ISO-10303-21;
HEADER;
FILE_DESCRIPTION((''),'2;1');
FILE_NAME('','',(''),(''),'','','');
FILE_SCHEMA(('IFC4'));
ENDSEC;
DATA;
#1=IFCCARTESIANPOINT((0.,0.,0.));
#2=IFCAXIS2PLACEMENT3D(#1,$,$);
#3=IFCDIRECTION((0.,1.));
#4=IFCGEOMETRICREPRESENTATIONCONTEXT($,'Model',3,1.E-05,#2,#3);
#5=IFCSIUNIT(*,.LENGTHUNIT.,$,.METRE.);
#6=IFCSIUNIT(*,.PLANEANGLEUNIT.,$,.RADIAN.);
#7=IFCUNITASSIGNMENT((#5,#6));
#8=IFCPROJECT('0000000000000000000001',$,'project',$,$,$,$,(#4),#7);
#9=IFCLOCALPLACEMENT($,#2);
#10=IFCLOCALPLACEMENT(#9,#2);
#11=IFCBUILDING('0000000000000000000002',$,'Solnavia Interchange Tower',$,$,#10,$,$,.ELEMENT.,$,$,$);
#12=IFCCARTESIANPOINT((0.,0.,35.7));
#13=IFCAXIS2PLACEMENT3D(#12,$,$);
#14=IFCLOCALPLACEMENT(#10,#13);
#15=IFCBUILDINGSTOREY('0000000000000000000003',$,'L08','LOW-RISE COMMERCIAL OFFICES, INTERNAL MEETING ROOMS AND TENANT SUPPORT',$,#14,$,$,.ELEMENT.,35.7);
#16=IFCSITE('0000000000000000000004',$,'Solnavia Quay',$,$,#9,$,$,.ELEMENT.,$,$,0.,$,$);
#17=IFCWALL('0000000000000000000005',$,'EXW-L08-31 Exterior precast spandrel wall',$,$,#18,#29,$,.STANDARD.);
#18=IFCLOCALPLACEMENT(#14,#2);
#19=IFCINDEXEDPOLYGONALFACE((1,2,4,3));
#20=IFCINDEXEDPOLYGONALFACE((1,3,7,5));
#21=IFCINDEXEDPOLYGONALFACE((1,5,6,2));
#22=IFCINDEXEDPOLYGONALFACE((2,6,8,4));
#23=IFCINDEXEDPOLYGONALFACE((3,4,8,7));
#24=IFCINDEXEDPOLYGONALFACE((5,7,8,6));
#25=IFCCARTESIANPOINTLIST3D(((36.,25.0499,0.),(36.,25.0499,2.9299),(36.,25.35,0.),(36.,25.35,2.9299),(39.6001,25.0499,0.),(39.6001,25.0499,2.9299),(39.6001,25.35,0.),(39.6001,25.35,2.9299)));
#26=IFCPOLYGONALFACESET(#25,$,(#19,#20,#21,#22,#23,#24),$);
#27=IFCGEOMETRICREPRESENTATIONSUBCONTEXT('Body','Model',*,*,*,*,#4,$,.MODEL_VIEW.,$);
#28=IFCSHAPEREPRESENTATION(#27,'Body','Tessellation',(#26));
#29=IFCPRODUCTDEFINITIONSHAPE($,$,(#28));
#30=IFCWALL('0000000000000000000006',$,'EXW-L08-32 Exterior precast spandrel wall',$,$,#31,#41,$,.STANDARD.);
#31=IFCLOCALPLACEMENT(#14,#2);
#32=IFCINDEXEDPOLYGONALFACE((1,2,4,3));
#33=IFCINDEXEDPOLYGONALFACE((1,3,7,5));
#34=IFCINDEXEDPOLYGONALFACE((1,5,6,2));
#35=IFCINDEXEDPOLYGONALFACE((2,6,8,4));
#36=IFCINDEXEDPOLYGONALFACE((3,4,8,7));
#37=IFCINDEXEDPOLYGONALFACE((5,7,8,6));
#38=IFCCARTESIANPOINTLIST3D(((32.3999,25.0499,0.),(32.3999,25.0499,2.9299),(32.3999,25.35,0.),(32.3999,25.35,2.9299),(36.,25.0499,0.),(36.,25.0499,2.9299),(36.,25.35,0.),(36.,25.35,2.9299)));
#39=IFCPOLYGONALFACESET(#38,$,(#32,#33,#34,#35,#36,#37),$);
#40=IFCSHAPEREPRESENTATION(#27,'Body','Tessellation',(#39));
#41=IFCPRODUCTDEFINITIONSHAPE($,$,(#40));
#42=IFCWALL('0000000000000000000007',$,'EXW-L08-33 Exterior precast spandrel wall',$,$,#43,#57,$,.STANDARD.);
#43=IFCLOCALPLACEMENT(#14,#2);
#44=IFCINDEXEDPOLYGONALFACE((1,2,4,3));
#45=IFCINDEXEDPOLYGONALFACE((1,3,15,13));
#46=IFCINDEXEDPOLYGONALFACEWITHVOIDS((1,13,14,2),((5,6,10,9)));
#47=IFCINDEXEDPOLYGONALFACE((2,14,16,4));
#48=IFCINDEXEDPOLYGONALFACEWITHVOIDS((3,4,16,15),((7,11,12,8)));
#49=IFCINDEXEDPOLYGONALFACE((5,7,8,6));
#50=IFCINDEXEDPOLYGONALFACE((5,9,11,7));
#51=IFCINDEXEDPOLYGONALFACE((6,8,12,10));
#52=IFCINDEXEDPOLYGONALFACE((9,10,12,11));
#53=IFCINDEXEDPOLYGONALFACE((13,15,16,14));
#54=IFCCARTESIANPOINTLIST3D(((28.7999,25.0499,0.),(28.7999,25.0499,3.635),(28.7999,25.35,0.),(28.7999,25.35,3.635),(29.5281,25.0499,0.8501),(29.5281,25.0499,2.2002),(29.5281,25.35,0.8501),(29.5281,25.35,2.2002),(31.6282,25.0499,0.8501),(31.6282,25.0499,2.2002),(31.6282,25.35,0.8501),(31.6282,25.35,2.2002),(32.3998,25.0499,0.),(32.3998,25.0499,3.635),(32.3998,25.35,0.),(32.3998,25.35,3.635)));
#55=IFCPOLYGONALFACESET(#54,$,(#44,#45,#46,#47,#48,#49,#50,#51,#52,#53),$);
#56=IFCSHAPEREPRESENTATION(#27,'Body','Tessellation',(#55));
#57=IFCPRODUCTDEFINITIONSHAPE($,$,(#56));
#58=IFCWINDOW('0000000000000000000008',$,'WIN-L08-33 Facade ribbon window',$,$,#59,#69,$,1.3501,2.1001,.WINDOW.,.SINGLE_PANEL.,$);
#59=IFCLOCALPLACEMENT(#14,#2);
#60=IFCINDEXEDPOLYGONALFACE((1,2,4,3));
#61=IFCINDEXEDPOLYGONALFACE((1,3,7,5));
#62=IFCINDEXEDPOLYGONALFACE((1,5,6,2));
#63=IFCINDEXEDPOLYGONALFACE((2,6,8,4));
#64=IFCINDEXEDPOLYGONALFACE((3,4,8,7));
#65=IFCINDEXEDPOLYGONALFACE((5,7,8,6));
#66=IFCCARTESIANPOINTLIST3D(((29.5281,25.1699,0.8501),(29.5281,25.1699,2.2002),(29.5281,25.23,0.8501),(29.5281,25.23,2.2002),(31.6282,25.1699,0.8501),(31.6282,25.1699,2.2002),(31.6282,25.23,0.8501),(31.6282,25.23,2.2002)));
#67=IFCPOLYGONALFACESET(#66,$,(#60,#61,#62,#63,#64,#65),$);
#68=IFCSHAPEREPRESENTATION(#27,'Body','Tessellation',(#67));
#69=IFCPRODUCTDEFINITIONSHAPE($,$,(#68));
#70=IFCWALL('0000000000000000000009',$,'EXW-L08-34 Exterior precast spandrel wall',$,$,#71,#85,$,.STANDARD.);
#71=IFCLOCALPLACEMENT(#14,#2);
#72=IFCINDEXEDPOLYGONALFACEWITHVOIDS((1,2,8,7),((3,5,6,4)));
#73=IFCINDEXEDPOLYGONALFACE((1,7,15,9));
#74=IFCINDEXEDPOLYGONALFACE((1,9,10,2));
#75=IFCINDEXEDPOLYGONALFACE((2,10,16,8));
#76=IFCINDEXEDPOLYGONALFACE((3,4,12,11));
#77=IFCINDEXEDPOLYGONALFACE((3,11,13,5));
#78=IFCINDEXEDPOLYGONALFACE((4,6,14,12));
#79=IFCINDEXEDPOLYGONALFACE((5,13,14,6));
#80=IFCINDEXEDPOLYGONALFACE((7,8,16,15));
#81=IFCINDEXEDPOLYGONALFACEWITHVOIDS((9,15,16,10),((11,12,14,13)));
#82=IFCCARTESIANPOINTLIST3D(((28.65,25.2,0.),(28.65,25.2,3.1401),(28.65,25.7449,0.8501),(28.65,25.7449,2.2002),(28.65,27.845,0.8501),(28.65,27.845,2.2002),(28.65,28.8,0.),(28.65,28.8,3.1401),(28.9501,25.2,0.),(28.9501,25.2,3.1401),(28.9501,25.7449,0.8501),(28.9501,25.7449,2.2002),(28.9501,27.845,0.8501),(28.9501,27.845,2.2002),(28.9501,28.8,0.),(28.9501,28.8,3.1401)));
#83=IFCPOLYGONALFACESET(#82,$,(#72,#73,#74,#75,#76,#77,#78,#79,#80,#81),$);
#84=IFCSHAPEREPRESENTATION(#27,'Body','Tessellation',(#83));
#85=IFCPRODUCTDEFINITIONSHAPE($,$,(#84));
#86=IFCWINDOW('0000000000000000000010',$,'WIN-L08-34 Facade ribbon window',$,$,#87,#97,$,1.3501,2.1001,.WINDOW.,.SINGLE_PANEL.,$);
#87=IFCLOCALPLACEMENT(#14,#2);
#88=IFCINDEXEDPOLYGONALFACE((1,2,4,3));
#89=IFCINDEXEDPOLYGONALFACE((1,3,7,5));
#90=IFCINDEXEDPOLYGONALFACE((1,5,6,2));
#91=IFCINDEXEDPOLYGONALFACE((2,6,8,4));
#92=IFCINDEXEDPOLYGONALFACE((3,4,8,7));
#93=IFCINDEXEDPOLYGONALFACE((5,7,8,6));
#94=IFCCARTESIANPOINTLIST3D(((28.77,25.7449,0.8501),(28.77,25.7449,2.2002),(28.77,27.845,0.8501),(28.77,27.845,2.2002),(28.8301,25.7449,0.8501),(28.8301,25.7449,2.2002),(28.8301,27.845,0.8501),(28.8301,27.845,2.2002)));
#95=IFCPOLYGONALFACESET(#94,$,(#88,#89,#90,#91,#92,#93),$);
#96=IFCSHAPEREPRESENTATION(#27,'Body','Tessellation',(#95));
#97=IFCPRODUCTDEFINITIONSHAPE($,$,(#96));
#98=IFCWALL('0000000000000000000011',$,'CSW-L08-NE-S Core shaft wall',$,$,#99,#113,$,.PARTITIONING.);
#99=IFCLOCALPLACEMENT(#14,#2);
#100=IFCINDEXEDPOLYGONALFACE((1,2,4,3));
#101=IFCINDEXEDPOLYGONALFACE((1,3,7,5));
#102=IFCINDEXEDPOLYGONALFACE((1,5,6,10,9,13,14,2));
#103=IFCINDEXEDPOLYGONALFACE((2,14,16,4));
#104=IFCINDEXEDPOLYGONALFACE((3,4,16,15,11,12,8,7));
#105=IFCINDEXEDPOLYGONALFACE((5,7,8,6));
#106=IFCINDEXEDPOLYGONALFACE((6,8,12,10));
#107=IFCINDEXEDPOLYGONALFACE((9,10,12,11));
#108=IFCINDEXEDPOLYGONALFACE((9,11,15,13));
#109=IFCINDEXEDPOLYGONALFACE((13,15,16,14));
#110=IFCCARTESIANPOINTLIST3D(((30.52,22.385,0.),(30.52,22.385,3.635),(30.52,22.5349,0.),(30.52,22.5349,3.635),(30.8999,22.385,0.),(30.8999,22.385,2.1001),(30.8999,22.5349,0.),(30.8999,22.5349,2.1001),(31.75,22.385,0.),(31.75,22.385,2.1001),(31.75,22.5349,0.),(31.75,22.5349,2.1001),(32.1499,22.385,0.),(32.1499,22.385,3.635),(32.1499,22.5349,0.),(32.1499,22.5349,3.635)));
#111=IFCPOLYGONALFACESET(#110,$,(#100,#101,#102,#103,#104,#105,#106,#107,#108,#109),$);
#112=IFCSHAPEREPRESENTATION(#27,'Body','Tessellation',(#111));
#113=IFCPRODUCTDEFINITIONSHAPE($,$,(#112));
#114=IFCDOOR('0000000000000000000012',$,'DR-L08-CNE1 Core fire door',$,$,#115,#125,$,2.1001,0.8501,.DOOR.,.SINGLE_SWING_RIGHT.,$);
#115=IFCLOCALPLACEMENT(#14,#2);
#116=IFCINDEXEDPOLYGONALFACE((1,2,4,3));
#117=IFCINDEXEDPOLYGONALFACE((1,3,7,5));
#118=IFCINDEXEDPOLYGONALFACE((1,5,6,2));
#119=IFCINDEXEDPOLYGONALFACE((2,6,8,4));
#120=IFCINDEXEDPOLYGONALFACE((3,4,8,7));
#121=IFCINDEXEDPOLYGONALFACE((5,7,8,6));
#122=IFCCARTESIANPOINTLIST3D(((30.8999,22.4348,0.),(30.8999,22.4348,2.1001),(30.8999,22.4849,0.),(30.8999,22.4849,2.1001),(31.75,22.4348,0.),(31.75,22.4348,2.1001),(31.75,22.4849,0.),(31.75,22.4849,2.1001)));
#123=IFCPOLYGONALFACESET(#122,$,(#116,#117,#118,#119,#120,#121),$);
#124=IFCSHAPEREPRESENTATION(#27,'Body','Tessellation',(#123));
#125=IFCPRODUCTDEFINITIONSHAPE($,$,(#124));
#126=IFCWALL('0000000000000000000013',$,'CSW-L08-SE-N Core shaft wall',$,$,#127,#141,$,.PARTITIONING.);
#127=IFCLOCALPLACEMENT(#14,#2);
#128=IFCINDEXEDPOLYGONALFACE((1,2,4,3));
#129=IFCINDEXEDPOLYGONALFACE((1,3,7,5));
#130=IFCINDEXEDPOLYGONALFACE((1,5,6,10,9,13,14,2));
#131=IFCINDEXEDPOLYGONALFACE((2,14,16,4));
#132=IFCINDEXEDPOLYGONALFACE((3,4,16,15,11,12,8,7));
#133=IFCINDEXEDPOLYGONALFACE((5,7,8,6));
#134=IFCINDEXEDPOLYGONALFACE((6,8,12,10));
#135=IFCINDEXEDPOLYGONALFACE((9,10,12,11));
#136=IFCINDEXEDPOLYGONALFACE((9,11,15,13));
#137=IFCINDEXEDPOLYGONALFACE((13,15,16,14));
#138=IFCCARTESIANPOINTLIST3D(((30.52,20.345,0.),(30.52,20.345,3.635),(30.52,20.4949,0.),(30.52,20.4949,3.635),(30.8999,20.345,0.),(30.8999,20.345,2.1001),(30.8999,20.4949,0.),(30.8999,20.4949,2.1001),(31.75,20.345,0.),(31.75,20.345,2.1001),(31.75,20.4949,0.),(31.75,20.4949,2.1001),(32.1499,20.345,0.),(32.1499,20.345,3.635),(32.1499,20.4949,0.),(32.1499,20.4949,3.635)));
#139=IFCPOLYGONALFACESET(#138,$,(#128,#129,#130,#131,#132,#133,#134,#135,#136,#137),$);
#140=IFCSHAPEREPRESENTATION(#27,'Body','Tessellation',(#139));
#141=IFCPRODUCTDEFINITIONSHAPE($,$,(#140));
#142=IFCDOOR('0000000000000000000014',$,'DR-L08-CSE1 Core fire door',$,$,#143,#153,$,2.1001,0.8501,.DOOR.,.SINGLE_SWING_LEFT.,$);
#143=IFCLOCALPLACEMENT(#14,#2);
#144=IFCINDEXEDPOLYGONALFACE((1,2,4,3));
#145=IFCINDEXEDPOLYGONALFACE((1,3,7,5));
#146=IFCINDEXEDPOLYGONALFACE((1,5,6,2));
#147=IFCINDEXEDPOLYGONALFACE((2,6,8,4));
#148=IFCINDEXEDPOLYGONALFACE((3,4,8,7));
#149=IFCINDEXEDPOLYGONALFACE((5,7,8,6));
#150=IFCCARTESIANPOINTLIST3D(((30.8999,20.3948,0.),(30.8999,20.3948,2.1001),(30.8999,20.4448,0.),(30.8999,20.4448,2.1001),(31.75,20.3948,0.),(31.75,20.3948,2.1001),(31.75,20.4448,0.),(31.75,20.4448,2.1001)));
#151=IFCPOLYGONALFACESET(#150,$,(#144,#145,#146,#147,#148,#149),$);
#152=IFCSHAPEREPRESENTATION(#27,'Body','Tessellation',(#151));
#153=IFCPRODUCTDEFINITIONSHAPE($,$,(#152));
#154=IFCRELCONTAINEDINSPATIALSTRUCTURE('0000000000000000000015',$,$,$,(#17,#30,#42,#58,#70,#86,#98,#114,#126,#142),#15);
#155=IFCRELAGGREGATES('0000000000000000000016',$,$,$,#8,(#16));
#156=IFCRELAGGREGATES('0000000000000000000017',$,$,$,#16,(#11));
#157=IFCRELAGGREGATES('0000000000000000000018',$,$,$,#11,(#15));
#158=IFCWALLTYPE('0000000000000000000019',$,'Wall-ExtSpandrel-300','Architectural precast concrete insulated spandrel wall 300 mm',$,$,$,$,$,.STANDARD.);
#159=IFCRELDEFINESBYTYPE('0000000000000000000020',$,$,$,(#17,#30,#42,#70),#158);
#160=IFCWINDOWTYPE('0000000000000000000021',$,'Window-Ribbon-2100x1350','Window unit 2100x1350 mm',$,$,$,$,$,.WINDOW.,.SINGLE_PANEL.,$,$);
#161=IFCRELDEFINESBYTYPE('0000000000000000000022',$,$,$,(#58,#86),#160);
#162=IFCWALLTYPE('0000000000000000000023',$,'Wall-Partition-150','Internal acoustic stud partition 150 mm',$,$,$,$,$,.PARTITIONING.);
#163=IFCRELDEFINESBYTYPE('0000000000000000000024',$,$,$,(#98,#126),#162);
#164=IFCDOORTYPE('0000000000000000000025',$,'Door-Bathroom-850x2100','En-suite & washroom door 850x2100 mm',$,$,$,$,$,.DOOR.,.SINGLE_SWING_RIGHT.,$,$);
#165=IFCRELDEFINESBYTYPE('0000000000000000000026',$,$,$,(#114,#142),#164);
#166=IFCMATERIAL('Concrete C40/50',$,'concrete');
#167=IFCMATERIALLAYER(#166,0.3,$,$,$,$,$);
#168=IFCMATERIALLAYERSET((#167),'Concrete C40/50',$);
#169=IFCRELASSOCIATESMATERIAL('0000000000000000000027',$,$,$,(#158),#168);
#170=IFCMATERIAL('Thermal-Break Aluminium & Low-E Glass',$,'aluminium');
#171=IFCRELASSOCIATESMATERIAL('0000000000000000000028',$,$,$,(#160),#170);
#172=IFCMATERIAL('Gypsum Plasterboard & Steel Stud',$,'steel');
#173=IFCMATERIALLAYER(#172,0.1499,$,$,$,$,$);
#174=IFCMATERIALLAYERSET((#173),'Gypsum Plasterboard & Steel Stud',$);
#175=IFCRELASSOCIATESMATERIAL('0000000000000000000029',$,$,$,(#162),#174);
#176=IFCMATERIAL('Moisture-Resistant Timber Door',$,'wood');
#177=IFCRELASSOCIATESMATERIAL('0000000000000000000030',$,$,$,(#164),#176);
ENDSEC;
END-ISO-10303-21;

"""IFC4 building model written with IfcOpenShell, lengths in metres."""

from ifc_helpers import new_model, si_unit, direction, frame, frame_2d, origin, place, context, subcontext, project, spatial, rectangle, extrude, material, layer, layer_set, type_object, element, fill, save


model = new_model("IFC4")

# Units and contexts
model_context = context("Model", 3, precision=1e-05, world=origin(), true_north=direction((0.0, 1.0)))
body_context = subcontext(model_context, "Body", "Model", "MODEL_VIEW")
ifc_project = project(units=[si_unit("LENGTHUNIT", "METRE"), si_unit("PLANEANGLEUNIT", "RADIAN")], contexts=[model_context])

# Site, building, storey
site_placement = place(None, origin())
site = spatial("IfcSite", under=ifc_project, at=site_placement, Name="Solnavia Quay", CompositionType="ELEMENT", RefElevation=0.0)
building_placement = place(site_placement, origin())
building = spatial("IfcBuilding", under=site, at=building_placement, Name="Solnavia Interchange Tower", CompositionType="ELEMENT")
storey_placement = place(building_placement, frame((0.0, 0.0, 35.7)))
storey = spatial("IfcBuildingStorey", under=building, at=storey_placement, Name="L08", Description="LOW-RISE COMMERCIAL OFFICES, INTERNAL MEETING ROOMS AND TENANT SUPPORT", CompositionType="ELEMENT", Elevation=35.7)

# Walls
ifc_material_1 = material(Name="Concrete C40/50", Category="concrete")
ifc_layer_1 = layer(ifc_material_1, 0.3)
ifc_layer_set_1 = layer_set([ifc_layer_1], Name="Concrete C40/50")
wall_type_1 = type_object("IfcWallType", Name="Wall-ExtSpandrel-300", Description="Architectural precast concrete insulated spandrel wall 300 mm", PredefinedType="STANDARD", material=ifc_layer_set_1)
for number, where, z_axis, x_axis, name in (
    (1, (36.0, 25.2, 0.0), (0.0, 0.0, 1.0), (1.0, 0.0, 0.0), "EXW-L08-31 Exterior precast spandrel wall"),
    (2, (32.3999, 25.2, 0.0), (0.0, 0.0, 1.0), (1.0, 0.0, 0.0), "EXW-L08-32 Exterior precast spandrel wall"),
):
    element("IfcWall", number, at=place(storey_placement, frame(where, z_axis=z_axis, x_axis=x_axis)), inside=storey, type_object=wall_type_1, Name=name, PredefinedType="STANDARD", context=body_context, shape_type="SweptSolid", body=[
        extrude(rectangle(XDim=3.6001, YDim=0.3, at=frame_2d((1.8, 0.0))), origin(), (0.0, 0.0, 1.0), 2.9299),
    ])

# Walls, openings, windows
wall_1_placement = place(storey_placement, frame((28.8, 25.2, 0.0), z_axis=(0.0, 0.0, 1.0), x_axis=(1.0, 0.0, 0.0)))
wall_1 = element("IfcWall", 3, at=wall_1_placement, inside=storey, type_object=wall_type_1, Name="EXW-L08-33 Exterior precast spandrel wall", PredefinedType="STANDARD", context=body_context, shape_type="SweptSolid", body=[
    extrude(rectangle(XDim=3.5999, YDim=0.3, at=frame_2d((1.7998, 0.0))), origin(), (0.0, 0.0, 1.0), 3.635),
])
opening_1_placement = place(wall_1_placement, frame((0.728, 0.0, 0.8501)))
opening_1 = element("IfcOpeningElement", 4, at=opening_1_placement, cuts=wall_1, PredefinedType="OPENING", context=body_context, shape_type="SweptSolid", body=[
    extrude(rectangle(XDim=2.1001, YDim=1.3501, at=frame_2d((1.05, 0.675))), frame((0.0, 0.1602, 0.0), z_axis=(0.0, -1.0, 0.0), x_axis=(1.0, 0.0, 0.0)), (0.0, 0.0, 1.0), 0.3201),
])
ifc_material_2 = material(Name="Thermal-Break Aluminium & Low-E Glass", Category="aluminium")
window_type = type_object("IfcWindowType", Name="Window-Ribbon-2100x1350", Description="Window unit 2100x1350 mm", PartitioningType="SINGLE_PANEL", PredefinedType="WINDOW", material=ifc_material_2)
window_1_placement = place(opening_1_placement, origin())
window_1 = element("IfcWindow", 5, at=window_1_placement, inside=storey, type_object=window_type, Name="WIN-L08-33 Facade ribbon window", OverallHeight=1.3501, OverallWidth=2.1001, PartitioningType="SINGLE_PANEL", PredefinedType="WINDOW", context=body_context, shape_type="SweptSolid", body=[
    extrude(rectangle(XDim=2.1001, YDim=1.3501, at=frame_2d((1.05, 0.675))), frame((0.0, 0.03, 0.0), z_axis=(0.0, -1.0, 0.0), x_axis=(1.0, 0.0, 0.0)), (0.0, 0.0, 1.0), 0.0601),
])
fill(opening_1, window_1)
wall_2_placement = place(storey_placement, frame((28.8, 25.2, 0.0), z_axis=(0.0, 0.0, 1.0), x_axis=(0.0, 1.0, 0.0)))
wall_2 = element("IfcWall", 6, at=wall_2_placement, inside=storey, type_object=wall_type_1, Name="EXW-L08-34 Exterior precast spandrel wall", PredefinedType="STANDARD", context=body_context, shape_type="SweptSolid", body=[
    extrude(rectangle(XDim=3.6001, YDim=0.3, at=frame_2d((1.8, 0.0))), origin(), (0.0, 0.0, 1.0), 3.1401),
])
opening_2_placement = place(wall_2_placement, frame((0.5449, 0.0, 0.8501)))
opening_2 = element("IfcOpeningElement", 7, at=opening_2_placement, cuts=wall_2, PredefinedType="OPENING", context=body_context, shape_type="SweptSolid", body=[
    extrude(rectangle(XDim=2.1001, YDim=1.3501, at=frame_2d((1.05, 0.675))), frame((0.0, 0.1602, 0.0), z_axis=(0.0, -1.0, 0.0), x_axis=(1.0, 0.0, 0.0)), (0.0, 0.0, 1.0), 0.3201),
])
window_2_placement = place(opening_2_placement, origin())
window_2 = element("IfcWindow", 8, at=window_2_placement, inside=storey, type_object=window_type, Name="WIN-L08-34 Facade ribbon window", OverallHeight=1.3501, OverallWidth=2.1001, PartitioningType="SINGLE_PANEL", PredefinedType="WINDOW", context=body_context, shape_type="SweptSolid", body=[
    extrude(rectangle(XDim=2.1001, YDim=1.3501, at=frame_2d((1.05, 0.675))), frame((0.0, 0.03, 0.0), z_axis=(0.0, -1.0, 0.0), x_axis=(1.0, 0.0, 0.0)), (0.0, 0.0, 1.0), 0.0601),
])
fill(opening_2, window_2)

# Walls, openings, doors
ifc_material_3 = material(Name="Gypsum Plasterboard & Steel Stud", Category="steel")
ifc_layer_2 = layer(ifc_material_3, 0.1499)
ifc_layer_set_2 = layer_set([ifc_layer_2], Name="Gypsum Plasterboard & Steel Stud")
wall_type_2 = type_object("IfcWallType", Name="Wall-Partition-150", Description="Internal acoustic stud partition 150 mm", PredefinedType="PARTITIONING", material=ifc_layer_set_2)
wall_3_placement = place(storey_placement, frame((30.52, 22.46, 0.0), z_axis=(0.0, 0.0, 1.0), x_axis=(1.0, 0.0, 0.0)))
wall_3 = element("IfcWall", 9, at=wall_3_placement, inside=storey, type_object=wall_type_2, Name="CSW-L08-NE-S Core shaft wall", PredefinedType="PARTITIONING", context=body_context, shape_type="SweptSolid", body=[
    extrude(rectangle(XDim=1.6299, YDim=0.1499, at=frame_2d((0.8149, 0.0))), origin(), (0.0, 0.0, 1.0), 3.635),
])
opening_3_placement = place(wall_3_placement, frame((0.3799, 0.0, 0.0)))
opening_3 = element("IfcOpeningElement", 10, at=opening_3_placement, cuts=wall_3, PredefinedType="OPENING", context=body_context, shape_type="SweptSolid", body=[
    extrude(rectangle(XDim=0.8501, YDim=2.1001, at=frame_2d((0.425, 1.05))), frame((0.0, 0.085, 0.0), z_axis=(0.0, -1.0, 0.0), x_axis=(1.0, 0.0, 0.0)), (0.0, 0.0, 1.0), 0.1699),
])
ifc_material_4 = material(Name="Moisture-Resistant Timber Door", Category="wood")
door_type_1 = type_object("IfcDoorType", Name="Door-Bathroom-850x2100", Description="En-suite & washroom door 850x2100 mm", OperationType="SINGLE_SWING_RIGHT", PredefinedType="DOOR", material=ifc_material_4)
door_1_placement = place(opening_3_placement, origin())
door_1 = element("IfcDoor", 11, at=door_1_placement, inside=storey, type_object=door_type_1, Name="DR-L08-CNE1 Core fire door", OperationType="SINGLE_SWING_RIGHT", OverallHeight=2.1001, OverallWidth=0.8501, PredefinedType="DOOR", context=body_context, shape_type="SweptSolid", body=[
    extrude(rectangle(XDim=0.8501, YDim=2.1001, at=frame_2d((0.425, 1.05))), frame((0.0, 0.0249, 0.0), z_axis=(0.0, -1.0, 0.0), x_axis=(1.0, 0.0, 0.0)), (0.0, 0.0, 1.0), 0.05),
])
fill(opening_3, door_1)
wall_4_placement = place(storey_placement, frame((30.52, 20.4199, 0.0), z_axis=(0.0, 0.0, 1.0), x_axis=(1.0, 0.0, 0.0)))
wall_4 = element("IfcWall", 12, at=wall_4_placement, inside=storey, type_object=wall_type_2, Name="CSW-L08-SE-N Core shaft wall", PredefinedType="PARTITIONING", context=body_context, shape_type="SweptSolid", body=[
    extrude(rectangle(XDim=1.6299, YDim=0.1499, at=frame_2d((0.8149, 0.0))), origin(), (0.0, 0.0, 1.0), 3.635),
])
opening_4_placement = place(wall_4_placement, frame((0.3799, 0.0, 0.0)))
opening_4 = element("IfcOpeningElement", 13, at=opening_4_placement, cuts=wall_4, PredefinedType="OPENING", context=body_context, shape_type="SweptSolid", body=[
    extrude(rectangle(XDim=0.8501, YDim=2.1001, at=frame_2d((0.425, 1.05))), frame((0.0, 0.085, 0.0), z_axis=(0.0, -1.0, 0.0), x_axis=(1.0, 0.0, 0.0)), (0.0, 0.0, 1.0), 0.1699),
])
door_2_placement = place(opening_4_placement, origin())
door_2 = element("IfcDoor", 14, at=door_2_placement, inside=storey, type_object=door_type_1, Name="DR-L08-CSE1 Core fire door", OperationType="SINGLE_SWING_LEFT", OverallHeight=2.1001, OverallWidth=0.8501, PredefinedType="DOOR", context=body_context, shape_type="SweptSolid", body=[
    extrude(rectangle(XDim=0.8501, YDim=2.1001, at=frame_2d((0.425, 1.05))), frame((0.0, 0.0249, 0.0), z_axis=(0.0, -1.0, 0.0), x_axis=(1.0, 0.0, 0.0)), (0.0, 0.0, 1.0), 0.05),
])
fill(opening_4, door_2)

save(model, "model.ifc")
